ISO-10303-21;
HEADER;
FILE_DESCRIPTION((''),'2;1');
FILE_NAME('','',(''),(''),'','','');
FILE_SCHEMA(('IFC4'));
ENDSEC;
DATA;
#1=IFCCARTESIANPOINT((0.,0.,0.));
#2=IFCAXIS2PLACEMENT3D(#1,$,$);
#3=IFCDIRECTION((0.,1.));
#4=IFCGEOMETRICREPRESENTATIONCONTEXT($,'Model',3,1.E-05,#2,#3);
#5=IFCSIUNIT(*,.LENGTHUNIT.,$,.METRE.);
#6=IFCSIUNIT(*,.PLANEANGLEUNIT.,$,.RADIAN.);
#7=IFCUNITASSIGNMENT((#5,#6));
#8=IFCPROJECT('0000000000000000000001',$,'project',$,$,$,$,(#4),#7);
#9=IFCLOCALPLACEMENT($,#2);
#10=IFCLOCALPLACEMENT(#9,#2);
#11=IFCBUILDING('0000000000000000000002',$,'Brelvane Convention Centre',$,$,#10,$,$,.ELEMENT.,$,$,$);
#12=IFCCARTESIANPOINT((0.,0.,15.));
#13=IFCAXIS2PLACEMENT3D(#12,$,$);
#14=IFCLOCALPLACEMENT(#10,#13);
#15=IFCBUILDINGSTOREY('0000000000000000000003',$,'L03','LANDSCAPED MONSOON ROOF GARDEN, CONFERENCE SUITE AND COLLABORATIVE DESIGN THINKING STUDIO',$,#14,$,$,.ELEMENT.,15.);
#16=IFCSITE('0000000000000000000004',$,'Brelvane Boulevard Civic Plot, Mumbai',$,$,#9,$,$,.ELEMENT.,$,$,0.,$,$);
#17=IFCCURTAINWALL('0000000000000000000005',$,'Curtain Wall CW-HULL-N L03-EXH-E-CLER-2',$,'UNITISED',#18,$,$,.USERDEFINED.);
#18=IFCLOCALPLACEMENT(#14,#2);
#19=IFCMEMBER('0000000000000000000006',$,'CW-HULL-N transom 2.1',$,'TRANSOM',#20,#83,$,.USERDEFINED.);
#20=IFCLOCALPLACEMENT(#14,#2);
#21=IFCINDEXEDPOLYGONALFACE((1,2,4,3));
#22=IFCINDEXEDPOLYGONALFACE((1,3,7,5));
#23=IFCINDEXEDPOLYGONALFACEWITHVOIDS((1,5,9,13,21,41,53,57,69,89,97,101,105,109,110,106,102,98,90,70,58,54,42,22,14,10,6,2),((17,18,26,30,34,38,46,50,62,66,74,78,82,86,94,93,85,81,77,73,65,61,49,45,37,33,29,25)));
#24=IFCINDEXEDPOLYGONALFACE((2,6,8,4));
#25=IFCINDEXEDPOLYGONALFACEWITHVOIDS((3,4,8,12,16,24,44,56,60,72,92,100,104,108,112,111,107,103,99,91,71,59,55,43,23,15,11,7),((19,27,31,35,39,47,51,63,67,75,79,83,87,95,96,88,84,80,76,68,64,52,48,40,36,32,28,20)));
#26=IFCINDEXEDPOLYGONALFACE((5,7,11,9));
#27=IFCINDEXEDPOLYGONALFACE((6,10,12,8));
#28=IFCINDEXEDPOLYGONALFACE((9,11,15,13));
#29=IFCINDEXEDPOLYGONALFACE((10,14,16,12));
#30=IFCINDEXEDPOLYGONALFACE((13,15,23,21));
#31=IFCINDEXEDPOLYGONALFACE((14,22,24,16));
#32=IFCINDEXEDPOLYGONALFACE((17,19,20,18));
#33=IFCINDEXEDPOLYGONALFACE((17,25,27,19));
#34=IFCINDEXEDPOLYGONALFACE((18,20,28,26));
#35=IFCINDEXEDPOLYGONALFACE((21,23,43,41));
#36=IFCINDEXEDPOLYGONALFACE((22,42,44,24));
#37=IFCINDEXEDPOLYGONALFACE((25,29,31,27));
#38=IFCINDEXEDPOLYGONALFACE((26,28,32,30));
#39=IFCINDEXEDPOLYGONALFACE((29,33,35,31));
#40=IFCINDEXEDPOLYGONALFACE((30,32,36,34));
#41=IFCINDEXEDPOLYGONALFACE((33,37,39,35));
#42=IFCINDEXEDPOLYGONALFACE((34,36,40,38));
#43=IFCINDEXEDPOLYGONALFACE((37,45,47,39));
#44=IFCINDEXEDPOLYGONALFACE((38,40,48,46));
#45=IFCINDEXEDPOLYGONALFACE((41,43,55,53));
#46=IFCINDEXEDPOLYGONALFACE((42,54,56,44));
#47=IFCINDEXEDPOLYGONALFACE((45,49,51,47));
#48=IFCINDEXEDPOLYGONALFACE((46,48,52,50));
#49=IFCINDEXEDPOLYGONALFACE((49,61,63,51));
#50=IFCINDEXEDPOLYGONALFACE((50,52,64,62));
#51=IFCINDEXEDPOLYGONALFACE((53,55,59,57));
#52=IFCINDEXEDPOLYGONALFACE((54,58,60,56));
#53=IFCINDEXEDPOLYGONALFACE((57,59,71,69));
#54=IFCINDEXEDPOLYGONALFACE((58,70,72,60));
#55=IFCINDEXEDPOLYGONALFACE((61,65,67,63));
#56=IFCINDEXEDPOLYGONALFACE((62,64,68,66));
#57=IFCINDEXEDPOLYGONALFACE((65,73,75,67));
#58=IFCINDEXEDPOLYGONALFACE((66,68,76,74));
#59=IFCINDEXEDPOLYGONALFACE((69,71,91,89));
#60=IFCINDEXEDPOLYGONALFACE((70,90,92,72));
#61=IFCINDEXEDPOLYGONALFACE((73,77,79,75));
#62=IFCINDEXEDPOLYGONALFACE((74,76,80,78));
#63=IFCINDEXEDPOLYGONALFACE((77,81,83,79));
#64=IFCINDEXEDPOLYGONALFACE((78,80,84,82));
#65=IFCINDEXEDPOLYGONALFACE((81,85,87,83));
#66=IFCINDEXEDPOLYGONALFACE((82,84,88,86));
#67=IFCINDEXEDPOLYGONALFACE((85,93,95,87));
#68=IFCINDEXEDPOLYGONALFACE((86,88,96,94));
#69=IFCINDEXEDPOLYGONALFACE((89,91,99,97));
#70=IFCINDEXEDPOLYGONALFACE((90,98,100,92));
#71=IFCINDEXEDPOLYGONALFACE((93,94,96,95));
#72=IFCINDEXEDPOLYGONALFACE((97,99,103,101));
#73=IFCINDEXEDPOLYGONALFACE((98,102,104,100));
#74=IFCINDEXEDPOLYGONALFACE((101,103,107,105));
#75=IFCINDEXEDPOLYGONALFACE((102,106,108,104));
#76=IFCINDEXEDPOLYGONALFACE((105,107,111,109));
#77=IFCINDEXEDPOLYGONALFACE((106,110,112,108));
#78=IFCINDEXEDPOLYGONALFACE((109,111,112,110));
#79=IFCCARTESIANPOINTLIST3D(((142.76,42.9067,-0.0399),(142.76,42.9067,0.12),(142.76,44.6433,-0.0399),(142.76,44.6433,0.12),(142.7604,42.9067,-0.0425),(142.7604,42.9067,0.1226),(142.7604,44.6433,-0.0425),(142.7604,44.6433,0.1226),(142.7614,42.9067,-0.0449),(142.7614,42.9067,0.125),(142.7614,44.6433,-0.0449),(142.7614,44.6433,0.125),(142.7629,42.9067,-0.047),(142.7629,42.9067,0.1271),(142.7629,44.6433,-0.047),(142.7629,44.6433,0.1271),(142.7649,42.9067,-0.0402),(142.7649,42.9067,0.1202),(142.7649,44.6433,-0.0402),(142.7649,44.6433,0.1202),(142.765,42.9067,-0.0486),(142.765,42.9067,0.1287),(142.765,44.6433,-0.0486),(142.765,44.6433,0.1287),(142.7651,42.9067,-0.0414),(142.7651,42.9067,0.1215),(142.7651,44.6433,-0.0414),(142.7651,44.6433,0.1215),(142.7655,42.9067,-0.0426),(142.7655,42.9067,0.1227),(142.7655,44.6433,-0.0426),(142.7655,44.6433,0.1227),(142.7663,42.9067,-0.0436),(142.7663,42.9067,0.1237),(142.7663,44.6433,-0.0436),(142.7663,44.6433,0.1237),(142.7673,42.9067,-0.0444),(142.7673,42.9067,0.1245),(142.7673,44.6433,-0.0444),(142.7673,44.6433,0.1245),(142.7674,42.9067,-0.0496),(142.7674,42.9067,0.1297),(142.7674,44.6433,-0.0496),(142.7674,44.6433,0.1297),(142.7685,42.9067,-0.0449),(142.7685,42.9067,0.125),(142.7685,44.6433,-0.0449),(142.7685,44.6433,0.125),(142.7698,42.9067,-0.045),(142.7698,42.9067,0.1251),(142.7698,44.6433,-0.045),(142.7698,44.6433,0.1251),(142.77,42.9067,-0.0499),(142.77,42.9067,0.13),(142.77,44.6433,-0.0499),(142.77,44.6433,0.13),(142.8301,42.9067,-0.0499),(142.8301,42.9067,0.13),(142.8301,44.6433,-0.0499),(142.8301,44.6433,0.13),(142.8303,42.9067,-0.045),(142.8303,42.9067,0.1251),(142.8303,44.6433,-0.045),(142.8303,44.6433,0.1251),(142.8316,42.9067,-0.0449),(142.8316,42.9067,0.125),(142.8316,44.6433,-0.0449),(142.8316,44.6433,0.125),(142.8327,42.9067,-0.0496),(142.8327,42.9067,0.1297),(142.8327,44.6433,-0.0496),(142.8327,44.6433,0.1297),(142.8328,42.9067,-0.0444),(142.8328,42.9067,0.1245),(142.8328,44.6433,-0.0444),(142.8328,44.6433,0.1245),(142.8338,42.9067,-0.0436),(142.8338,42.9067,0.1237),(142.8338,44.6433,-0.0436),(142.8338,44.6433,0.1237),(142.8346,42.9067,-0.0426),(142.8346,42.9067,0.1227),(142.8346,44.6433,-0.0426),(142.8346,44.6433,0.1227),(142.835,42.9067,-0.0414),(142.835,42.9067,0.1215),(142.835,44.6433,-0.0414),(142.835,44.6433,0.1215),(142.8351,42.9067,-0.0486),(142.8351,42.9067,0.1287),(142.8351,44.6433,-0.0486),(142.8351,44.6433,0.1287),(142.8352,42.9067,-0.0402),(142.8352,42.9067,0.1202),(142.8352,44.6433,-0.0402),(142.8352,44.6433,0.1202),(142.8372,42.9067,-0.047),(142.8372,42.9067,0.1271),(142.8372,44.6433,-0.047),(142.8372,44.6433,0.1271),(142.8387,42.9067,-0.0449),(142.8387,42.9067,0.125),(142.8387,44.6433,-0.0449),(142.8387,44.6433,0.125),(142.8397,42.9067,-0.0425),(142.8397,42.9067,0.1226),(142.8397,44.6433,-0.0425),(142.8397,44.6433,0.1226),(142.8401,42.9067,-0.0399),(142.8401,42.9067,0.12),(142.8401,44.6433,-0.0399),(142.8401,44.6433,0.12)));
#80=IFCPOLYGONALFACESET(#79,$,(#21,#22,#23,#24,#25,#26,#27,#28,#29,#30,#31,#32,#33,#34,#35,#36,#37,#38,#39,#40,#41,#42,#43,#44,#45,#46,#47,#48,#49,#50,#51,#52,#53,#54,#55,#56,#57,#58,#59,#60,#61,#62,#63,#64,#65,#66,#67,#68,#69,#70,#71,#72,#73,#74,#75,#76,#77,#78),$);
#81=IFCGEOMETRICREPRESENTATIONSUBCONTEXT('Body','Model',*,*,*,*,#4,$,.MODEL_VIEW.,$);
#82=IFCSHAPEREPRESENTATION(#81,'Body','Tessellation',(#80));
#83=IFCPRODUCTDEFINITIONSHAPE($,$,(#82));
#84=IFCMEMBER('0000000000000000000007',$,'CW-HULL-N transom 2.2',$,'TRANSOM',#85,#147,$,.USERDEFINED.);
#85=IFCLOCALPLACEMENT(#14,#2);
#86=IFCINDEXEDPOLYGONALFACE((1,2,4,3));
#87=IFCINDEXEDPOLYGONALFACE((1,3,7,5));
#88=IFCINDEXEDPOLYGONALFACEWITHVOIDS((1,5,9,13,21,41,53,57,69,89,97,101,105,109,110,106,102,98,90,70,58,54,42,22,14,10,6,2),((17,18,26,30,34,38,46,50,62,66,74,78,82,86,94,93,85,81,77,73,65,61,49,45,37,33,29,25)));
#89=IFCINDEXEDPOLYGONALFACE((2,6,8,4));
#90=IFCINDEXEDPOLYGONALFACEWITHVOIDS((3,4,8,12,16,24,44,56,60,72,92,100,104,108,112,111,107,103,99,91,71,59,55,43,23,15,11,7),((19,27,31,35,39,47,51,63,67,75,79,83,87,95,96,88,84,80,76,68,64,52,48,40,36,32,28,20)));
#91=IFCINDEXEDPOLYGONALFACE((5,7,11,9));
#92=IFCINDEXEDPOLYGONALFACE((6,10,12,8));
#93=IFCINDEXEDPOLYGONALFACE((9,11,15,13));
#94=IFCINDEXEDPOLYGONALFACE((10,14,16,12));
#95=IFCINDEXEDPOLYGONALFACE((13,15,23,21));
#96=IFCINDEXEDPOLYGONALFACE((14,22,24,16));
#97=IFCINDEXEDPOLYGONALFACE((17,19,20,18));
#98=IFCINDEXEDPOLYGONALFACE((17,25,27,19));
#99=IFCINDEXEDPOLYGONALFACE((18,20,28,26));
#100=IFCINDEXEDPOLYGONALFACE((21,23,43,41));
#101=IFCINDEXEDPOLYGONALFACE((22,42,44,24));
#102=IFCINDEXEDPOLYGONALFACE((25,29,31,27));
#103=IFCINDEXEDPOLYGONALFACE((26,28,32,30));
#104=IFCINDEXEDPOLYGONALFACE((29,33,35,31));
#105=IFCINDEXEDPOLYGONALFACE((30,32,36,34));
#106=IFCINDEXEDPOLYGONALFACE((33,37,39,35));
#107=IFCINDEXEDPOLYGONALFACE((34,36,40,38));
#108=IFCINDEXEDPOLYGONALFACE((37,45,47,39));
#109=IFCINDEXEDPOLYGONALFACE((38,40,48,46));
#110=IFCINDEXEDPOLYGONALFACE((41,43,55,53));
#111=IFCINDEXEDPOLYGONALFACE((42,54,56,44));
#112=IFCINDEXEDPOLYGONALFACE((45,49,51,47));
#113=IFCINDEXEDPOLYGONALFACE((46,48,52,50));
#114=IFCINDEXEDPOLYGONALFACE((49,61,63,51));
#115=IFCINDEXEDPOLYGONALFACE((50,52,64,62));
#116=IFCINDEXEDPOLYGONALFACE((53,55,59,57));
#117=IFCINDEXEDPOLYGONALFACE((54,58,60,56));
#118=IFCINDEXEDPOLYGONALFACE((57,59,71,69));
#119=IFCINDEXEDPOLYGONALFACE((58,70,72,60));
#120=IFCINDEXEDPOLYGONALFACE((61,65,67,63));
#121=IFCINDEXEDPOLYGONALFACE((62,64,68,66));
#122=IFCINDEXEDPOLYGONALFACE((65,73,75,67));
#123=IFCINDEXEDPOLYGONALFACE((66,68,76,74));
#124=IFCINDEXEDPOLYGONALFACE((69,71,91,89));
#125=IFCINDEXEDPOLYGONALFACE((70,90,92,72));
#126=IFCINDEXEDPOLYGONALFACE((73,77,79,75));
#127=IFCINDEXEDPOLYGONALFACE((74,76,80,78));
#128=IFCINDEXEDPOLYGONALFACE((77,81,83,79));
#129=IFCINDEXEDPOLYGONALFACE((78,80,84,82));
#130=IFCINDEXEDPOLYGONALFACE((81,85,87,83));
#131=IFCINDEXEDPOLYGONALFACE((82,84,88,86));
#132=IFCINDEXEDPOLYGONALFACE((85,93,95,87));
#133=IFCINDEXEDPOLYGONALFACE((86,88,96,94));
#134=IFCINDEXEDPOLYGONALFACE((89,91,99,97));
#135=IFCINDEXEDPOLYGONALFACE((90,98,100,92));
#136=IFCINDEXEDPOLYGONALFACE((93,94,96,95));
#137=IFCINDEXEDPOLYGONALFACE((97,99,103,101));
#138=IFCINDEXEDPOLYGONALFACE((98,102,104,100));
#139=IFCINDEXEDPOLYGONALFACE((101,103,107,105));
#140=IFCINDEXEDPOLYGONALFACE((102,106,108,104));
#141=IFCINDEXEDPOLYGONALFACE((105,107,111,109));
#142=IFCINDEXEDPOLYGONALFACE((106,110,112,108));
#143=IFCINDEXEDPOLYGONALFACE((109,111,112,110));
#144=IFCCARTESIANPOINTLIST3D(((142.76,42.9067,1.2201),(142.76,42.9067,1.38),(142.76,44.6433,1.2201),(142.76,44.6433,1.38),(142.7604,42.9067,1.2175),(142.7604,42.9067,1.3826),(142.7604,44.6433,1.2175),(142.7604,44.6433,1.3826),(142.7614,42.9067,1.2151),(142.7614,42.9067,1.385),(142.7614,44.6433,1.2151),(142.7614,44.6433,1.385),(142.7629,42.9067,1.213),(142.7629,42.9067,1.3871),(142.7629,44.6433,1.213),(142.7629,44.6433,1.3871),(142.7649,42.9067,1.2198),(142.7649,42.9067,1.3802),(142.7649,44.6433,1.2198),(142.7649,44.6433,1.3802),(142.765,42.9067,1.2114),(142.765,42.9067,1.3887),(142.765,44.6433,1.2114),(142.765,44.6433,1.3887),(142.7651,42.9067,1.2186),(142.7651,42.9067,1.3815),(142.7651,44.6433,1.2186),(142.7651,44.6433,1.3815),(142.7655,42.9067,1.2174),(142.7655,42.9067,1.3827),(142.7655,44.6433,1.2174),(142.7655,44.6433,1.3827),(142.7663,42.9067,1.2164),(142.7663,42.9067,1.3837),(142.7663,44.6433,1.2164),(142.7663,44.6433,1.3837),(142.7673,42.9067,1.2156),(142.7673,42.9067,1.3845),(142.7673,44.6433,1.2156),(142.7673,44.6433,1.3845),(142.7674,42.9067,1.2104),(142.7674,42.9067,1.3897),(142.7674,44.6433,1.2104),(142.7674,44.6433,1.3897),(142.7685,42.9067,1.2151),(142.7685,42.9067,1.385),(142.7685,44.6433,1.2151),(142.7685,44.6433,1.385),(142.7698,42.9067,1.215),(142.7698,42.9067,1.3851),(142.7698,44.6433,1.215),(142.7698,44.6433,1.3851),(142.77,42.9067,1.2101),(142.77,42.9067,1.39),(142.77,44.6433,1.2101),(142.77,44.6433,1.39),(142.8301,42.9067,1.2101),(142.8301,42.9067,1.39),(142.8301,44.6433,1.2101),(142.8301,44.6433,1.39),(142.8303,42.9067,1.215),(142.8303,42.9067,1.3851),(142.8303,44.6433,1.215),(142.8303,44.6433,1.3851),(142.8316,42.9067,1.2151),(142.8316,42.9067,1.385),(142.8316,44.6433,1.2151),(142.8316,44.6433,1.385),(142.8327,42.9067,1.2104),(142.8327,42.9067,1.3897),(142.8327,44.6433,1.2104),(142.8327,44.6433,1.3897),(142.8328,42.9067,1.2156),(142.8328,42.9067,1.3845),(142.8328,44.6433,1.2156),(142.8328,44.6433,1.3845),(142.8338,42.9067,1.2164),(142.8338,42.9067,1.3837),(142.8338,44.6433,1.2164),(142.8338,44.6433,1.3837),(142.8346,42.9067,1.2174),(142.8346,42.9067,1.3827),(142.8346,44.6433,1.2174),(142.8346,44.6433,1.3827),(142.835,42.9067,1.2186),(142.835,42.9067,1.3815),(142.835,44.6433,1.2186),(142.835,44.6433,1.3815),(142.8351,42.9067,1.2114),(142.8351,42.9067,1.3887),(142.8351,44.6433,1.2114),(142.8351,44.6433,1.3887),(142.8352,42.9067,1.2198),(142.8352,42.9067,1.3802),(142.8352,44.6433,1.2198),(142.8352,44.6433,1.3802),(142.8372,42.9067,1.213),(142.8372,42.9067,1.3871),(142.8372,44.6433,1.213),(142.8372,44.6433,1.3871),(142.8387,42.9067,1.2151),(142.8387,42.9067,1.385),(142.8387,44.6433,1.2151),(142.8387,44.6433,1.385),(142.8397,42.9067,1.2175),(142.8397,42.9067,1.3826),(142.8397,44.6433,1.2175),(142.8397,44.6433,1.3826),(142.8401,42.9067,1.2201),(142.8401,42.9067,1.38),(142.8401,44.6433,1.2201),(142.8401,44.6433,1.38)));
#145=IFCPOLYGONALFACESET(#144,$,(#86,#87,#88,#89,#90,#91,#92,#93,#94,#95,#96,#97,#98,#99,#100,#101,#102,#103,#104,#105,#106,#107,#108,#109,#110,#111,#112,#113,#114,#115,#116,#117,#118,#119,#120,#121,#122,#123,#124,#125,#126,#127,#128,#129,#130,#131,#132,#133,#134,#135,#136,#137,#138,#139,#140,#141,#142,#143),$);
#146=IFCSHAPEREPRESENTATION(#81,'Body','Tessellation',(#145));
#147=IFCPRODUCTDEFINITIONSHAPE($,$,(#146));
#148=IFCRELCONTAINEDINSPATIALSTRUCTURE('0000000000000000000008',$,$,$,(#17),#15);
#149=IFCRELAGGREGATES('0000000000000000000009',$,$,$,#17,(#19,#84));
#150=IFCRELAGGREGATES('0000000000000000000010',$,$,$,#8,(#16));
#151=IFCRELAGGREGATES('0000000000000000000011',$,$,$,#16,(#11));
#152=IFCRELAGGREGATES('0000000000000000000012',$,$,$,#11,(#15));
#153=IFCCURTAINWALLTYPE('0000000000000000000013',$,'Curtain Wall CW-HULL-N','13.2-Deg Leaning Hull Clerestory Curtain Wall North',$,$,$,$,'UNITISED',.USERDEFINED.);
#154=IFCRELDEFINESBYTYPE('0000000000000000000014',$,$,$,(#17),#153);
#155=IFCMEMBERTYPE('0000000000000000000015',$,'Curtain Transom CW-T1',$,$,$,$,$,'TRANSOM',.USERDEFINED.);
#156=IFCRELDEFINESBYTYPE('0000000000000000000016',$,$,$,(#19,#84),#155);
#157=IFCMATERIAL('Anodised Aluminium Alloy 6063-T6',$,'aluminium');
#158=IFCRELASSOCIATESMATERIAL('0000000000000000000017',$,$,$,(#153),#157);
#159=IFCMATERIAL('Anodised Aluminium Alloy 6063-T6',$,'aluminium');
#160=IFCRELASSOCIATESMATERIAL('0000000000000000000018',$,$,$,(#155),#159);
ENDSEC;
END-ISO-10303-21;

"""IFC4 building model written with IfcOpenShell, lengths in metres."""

from ifc_helpers import new_model, si_unit, direction, frame, origin, origin_2d, place, context, subcontext, project, spatial, hollow_rectangle, extrude, material, material_profile, profile_set, type_object, element, aggregate, save


model = new_model("IFC4")

# Units and contexts
model_context = context("Model", 3, precision=1e-05, world=origin(), true_north=direction((0.0, 1.0)))
body_context = subcontext(model_context, "Body", "Model", "MODEL_VIEW")
ifc_project = project(units=[si_unit("LENGTHUNIT", "METRE"), si_unit("PLANEANGLEUNIT", "RADIAN")], contexts=[model_context])

# Site, building, storey
site_placement = place(None, origin())
site = spatial("IfcSite", under=ifc_project, at=site_placement, Name="Brelvane Boulevard Civic Plot, Mumbai", CompositionType="ELEMENT", RefElevation=0.0)
building_placement = place(site_placement, origin())
building = spatial("IfcBuilding", under=site, at=building_placement, Name="Brelvane Convention Centre", CompositionType="ELEMENT")
storey_placement = place(building_placement, frame((0.0, 0.0, 15.0)))
storey = spatial("IfcBuildingStorey", under=building, at=storey_placement, Name="L03", Description="LANDSCAPED MONSOON ROOF GARDEN, CONFERENCE SUITE AND COLLABORATIVE DESIGN THINKING STUDIO", CompositionType="ELEMENT", Elevation=15.0)

# Curtain wall, members
ifc_material_1 = material(Name="Anodised Aluminium Alloy 6063-T6", Category="aluminium")
curtain_wall_type = type_object("IfcCurtainWallType", Name="Curtain Wall CW-HULL-N", Description="13.2-Deg Leaning Hull Clerestory Curtain Wall North", ElementType="UNITISED", PredefinedType="USERDEFINED", material=ifc_material_1)
curtain_wall_placement = place(storey_placement, origin())
curtain_wall = element("IfcCurtainWall", 1, at=curtain_wall_placement, inside=storey, type_object=curtain_wall_type, Name="Curtain Wall CW-HULL-N L03-EXH-E-CLER-2", ObjectType="UNITISED", PredefinedType="USERDEFINED")
ifc_material_2 = material(Name="Anodised Aluminium Alloy 6063-T6", Category="aluminium")
ifc_material_profile_1 = material_profile(ifc_material_2, hollow_rectangle(XDim=0.0801, YDim=0.1799, WallThickness=0.0049, InnerFilletRadius=0.0049, OuterFilletRadius=0.01, at=origin_2d()), Name="ALU-T 180x80x5.0")
ifc_profile_set_1 = profile_set([ifc_material_profile_1], Name="Anodised Aluminium Alloy 6063-T6")
member_type_1 = type_object("IfcMemberType", Name="Curtain Transom CW-T1", ElementType="TRANSOM", PredefinedType="USERDEFINED", material=ifc_profile_set_1)
member_1_placement = place(storey_placement, frame((142.8, 42.9067, 0.04), z_axis=(0.0, 1.0, 0.0), x_axis=(-1.0, 0.0, 0.0)))
member_1 = element("IfcMember", 2, at=member_1_placement, type_object=member_type_1, Name="CW-HULL-N transom 2.1", ObjectType="TRANSOM", PredefinedType="USERDEFINED", context=body_context, shape_type="SweptSolid", body=[
    extrude(hollow_rectangle(XDim=0.0801, YDim=0.1799, WallThickness=0.0049, InnerFilletRadius=0.0049, OuterFilletRadius=0.01, at=origin_2d()), origin(), (0.0, 0.0, 1.0), 1.7366),
])
member_2_placement = place(storey_placement, frame((142.8, 42.9067, 1.3), z_axis=(0.0, 1.0, 0.0), x_axis=(-1.0, 0.0, 0.0)))
member_2 = element("IfcMember", 3, at=member_2_placement, type_object=member_type_1, Name="CW-HULL-N transom 2.2", ObjectType="TRANSOM", PredefinedType="USERDEFINED", context=body_context, shape_type="SweptSolid", body=[
    extrude(hollow_rectangle(XDim=0.0801, YDim=0.1799, WallThickness=0.0049, InnerFilletRadius=0.0049, OuterFilletRadius=0.01, at=origin_2d()), origin(), (0.0, 0.0, 1.0), 1.7366),
])
aggregate(curtain_wall, [member_1, member_2])

save(model, "model.ifc")
